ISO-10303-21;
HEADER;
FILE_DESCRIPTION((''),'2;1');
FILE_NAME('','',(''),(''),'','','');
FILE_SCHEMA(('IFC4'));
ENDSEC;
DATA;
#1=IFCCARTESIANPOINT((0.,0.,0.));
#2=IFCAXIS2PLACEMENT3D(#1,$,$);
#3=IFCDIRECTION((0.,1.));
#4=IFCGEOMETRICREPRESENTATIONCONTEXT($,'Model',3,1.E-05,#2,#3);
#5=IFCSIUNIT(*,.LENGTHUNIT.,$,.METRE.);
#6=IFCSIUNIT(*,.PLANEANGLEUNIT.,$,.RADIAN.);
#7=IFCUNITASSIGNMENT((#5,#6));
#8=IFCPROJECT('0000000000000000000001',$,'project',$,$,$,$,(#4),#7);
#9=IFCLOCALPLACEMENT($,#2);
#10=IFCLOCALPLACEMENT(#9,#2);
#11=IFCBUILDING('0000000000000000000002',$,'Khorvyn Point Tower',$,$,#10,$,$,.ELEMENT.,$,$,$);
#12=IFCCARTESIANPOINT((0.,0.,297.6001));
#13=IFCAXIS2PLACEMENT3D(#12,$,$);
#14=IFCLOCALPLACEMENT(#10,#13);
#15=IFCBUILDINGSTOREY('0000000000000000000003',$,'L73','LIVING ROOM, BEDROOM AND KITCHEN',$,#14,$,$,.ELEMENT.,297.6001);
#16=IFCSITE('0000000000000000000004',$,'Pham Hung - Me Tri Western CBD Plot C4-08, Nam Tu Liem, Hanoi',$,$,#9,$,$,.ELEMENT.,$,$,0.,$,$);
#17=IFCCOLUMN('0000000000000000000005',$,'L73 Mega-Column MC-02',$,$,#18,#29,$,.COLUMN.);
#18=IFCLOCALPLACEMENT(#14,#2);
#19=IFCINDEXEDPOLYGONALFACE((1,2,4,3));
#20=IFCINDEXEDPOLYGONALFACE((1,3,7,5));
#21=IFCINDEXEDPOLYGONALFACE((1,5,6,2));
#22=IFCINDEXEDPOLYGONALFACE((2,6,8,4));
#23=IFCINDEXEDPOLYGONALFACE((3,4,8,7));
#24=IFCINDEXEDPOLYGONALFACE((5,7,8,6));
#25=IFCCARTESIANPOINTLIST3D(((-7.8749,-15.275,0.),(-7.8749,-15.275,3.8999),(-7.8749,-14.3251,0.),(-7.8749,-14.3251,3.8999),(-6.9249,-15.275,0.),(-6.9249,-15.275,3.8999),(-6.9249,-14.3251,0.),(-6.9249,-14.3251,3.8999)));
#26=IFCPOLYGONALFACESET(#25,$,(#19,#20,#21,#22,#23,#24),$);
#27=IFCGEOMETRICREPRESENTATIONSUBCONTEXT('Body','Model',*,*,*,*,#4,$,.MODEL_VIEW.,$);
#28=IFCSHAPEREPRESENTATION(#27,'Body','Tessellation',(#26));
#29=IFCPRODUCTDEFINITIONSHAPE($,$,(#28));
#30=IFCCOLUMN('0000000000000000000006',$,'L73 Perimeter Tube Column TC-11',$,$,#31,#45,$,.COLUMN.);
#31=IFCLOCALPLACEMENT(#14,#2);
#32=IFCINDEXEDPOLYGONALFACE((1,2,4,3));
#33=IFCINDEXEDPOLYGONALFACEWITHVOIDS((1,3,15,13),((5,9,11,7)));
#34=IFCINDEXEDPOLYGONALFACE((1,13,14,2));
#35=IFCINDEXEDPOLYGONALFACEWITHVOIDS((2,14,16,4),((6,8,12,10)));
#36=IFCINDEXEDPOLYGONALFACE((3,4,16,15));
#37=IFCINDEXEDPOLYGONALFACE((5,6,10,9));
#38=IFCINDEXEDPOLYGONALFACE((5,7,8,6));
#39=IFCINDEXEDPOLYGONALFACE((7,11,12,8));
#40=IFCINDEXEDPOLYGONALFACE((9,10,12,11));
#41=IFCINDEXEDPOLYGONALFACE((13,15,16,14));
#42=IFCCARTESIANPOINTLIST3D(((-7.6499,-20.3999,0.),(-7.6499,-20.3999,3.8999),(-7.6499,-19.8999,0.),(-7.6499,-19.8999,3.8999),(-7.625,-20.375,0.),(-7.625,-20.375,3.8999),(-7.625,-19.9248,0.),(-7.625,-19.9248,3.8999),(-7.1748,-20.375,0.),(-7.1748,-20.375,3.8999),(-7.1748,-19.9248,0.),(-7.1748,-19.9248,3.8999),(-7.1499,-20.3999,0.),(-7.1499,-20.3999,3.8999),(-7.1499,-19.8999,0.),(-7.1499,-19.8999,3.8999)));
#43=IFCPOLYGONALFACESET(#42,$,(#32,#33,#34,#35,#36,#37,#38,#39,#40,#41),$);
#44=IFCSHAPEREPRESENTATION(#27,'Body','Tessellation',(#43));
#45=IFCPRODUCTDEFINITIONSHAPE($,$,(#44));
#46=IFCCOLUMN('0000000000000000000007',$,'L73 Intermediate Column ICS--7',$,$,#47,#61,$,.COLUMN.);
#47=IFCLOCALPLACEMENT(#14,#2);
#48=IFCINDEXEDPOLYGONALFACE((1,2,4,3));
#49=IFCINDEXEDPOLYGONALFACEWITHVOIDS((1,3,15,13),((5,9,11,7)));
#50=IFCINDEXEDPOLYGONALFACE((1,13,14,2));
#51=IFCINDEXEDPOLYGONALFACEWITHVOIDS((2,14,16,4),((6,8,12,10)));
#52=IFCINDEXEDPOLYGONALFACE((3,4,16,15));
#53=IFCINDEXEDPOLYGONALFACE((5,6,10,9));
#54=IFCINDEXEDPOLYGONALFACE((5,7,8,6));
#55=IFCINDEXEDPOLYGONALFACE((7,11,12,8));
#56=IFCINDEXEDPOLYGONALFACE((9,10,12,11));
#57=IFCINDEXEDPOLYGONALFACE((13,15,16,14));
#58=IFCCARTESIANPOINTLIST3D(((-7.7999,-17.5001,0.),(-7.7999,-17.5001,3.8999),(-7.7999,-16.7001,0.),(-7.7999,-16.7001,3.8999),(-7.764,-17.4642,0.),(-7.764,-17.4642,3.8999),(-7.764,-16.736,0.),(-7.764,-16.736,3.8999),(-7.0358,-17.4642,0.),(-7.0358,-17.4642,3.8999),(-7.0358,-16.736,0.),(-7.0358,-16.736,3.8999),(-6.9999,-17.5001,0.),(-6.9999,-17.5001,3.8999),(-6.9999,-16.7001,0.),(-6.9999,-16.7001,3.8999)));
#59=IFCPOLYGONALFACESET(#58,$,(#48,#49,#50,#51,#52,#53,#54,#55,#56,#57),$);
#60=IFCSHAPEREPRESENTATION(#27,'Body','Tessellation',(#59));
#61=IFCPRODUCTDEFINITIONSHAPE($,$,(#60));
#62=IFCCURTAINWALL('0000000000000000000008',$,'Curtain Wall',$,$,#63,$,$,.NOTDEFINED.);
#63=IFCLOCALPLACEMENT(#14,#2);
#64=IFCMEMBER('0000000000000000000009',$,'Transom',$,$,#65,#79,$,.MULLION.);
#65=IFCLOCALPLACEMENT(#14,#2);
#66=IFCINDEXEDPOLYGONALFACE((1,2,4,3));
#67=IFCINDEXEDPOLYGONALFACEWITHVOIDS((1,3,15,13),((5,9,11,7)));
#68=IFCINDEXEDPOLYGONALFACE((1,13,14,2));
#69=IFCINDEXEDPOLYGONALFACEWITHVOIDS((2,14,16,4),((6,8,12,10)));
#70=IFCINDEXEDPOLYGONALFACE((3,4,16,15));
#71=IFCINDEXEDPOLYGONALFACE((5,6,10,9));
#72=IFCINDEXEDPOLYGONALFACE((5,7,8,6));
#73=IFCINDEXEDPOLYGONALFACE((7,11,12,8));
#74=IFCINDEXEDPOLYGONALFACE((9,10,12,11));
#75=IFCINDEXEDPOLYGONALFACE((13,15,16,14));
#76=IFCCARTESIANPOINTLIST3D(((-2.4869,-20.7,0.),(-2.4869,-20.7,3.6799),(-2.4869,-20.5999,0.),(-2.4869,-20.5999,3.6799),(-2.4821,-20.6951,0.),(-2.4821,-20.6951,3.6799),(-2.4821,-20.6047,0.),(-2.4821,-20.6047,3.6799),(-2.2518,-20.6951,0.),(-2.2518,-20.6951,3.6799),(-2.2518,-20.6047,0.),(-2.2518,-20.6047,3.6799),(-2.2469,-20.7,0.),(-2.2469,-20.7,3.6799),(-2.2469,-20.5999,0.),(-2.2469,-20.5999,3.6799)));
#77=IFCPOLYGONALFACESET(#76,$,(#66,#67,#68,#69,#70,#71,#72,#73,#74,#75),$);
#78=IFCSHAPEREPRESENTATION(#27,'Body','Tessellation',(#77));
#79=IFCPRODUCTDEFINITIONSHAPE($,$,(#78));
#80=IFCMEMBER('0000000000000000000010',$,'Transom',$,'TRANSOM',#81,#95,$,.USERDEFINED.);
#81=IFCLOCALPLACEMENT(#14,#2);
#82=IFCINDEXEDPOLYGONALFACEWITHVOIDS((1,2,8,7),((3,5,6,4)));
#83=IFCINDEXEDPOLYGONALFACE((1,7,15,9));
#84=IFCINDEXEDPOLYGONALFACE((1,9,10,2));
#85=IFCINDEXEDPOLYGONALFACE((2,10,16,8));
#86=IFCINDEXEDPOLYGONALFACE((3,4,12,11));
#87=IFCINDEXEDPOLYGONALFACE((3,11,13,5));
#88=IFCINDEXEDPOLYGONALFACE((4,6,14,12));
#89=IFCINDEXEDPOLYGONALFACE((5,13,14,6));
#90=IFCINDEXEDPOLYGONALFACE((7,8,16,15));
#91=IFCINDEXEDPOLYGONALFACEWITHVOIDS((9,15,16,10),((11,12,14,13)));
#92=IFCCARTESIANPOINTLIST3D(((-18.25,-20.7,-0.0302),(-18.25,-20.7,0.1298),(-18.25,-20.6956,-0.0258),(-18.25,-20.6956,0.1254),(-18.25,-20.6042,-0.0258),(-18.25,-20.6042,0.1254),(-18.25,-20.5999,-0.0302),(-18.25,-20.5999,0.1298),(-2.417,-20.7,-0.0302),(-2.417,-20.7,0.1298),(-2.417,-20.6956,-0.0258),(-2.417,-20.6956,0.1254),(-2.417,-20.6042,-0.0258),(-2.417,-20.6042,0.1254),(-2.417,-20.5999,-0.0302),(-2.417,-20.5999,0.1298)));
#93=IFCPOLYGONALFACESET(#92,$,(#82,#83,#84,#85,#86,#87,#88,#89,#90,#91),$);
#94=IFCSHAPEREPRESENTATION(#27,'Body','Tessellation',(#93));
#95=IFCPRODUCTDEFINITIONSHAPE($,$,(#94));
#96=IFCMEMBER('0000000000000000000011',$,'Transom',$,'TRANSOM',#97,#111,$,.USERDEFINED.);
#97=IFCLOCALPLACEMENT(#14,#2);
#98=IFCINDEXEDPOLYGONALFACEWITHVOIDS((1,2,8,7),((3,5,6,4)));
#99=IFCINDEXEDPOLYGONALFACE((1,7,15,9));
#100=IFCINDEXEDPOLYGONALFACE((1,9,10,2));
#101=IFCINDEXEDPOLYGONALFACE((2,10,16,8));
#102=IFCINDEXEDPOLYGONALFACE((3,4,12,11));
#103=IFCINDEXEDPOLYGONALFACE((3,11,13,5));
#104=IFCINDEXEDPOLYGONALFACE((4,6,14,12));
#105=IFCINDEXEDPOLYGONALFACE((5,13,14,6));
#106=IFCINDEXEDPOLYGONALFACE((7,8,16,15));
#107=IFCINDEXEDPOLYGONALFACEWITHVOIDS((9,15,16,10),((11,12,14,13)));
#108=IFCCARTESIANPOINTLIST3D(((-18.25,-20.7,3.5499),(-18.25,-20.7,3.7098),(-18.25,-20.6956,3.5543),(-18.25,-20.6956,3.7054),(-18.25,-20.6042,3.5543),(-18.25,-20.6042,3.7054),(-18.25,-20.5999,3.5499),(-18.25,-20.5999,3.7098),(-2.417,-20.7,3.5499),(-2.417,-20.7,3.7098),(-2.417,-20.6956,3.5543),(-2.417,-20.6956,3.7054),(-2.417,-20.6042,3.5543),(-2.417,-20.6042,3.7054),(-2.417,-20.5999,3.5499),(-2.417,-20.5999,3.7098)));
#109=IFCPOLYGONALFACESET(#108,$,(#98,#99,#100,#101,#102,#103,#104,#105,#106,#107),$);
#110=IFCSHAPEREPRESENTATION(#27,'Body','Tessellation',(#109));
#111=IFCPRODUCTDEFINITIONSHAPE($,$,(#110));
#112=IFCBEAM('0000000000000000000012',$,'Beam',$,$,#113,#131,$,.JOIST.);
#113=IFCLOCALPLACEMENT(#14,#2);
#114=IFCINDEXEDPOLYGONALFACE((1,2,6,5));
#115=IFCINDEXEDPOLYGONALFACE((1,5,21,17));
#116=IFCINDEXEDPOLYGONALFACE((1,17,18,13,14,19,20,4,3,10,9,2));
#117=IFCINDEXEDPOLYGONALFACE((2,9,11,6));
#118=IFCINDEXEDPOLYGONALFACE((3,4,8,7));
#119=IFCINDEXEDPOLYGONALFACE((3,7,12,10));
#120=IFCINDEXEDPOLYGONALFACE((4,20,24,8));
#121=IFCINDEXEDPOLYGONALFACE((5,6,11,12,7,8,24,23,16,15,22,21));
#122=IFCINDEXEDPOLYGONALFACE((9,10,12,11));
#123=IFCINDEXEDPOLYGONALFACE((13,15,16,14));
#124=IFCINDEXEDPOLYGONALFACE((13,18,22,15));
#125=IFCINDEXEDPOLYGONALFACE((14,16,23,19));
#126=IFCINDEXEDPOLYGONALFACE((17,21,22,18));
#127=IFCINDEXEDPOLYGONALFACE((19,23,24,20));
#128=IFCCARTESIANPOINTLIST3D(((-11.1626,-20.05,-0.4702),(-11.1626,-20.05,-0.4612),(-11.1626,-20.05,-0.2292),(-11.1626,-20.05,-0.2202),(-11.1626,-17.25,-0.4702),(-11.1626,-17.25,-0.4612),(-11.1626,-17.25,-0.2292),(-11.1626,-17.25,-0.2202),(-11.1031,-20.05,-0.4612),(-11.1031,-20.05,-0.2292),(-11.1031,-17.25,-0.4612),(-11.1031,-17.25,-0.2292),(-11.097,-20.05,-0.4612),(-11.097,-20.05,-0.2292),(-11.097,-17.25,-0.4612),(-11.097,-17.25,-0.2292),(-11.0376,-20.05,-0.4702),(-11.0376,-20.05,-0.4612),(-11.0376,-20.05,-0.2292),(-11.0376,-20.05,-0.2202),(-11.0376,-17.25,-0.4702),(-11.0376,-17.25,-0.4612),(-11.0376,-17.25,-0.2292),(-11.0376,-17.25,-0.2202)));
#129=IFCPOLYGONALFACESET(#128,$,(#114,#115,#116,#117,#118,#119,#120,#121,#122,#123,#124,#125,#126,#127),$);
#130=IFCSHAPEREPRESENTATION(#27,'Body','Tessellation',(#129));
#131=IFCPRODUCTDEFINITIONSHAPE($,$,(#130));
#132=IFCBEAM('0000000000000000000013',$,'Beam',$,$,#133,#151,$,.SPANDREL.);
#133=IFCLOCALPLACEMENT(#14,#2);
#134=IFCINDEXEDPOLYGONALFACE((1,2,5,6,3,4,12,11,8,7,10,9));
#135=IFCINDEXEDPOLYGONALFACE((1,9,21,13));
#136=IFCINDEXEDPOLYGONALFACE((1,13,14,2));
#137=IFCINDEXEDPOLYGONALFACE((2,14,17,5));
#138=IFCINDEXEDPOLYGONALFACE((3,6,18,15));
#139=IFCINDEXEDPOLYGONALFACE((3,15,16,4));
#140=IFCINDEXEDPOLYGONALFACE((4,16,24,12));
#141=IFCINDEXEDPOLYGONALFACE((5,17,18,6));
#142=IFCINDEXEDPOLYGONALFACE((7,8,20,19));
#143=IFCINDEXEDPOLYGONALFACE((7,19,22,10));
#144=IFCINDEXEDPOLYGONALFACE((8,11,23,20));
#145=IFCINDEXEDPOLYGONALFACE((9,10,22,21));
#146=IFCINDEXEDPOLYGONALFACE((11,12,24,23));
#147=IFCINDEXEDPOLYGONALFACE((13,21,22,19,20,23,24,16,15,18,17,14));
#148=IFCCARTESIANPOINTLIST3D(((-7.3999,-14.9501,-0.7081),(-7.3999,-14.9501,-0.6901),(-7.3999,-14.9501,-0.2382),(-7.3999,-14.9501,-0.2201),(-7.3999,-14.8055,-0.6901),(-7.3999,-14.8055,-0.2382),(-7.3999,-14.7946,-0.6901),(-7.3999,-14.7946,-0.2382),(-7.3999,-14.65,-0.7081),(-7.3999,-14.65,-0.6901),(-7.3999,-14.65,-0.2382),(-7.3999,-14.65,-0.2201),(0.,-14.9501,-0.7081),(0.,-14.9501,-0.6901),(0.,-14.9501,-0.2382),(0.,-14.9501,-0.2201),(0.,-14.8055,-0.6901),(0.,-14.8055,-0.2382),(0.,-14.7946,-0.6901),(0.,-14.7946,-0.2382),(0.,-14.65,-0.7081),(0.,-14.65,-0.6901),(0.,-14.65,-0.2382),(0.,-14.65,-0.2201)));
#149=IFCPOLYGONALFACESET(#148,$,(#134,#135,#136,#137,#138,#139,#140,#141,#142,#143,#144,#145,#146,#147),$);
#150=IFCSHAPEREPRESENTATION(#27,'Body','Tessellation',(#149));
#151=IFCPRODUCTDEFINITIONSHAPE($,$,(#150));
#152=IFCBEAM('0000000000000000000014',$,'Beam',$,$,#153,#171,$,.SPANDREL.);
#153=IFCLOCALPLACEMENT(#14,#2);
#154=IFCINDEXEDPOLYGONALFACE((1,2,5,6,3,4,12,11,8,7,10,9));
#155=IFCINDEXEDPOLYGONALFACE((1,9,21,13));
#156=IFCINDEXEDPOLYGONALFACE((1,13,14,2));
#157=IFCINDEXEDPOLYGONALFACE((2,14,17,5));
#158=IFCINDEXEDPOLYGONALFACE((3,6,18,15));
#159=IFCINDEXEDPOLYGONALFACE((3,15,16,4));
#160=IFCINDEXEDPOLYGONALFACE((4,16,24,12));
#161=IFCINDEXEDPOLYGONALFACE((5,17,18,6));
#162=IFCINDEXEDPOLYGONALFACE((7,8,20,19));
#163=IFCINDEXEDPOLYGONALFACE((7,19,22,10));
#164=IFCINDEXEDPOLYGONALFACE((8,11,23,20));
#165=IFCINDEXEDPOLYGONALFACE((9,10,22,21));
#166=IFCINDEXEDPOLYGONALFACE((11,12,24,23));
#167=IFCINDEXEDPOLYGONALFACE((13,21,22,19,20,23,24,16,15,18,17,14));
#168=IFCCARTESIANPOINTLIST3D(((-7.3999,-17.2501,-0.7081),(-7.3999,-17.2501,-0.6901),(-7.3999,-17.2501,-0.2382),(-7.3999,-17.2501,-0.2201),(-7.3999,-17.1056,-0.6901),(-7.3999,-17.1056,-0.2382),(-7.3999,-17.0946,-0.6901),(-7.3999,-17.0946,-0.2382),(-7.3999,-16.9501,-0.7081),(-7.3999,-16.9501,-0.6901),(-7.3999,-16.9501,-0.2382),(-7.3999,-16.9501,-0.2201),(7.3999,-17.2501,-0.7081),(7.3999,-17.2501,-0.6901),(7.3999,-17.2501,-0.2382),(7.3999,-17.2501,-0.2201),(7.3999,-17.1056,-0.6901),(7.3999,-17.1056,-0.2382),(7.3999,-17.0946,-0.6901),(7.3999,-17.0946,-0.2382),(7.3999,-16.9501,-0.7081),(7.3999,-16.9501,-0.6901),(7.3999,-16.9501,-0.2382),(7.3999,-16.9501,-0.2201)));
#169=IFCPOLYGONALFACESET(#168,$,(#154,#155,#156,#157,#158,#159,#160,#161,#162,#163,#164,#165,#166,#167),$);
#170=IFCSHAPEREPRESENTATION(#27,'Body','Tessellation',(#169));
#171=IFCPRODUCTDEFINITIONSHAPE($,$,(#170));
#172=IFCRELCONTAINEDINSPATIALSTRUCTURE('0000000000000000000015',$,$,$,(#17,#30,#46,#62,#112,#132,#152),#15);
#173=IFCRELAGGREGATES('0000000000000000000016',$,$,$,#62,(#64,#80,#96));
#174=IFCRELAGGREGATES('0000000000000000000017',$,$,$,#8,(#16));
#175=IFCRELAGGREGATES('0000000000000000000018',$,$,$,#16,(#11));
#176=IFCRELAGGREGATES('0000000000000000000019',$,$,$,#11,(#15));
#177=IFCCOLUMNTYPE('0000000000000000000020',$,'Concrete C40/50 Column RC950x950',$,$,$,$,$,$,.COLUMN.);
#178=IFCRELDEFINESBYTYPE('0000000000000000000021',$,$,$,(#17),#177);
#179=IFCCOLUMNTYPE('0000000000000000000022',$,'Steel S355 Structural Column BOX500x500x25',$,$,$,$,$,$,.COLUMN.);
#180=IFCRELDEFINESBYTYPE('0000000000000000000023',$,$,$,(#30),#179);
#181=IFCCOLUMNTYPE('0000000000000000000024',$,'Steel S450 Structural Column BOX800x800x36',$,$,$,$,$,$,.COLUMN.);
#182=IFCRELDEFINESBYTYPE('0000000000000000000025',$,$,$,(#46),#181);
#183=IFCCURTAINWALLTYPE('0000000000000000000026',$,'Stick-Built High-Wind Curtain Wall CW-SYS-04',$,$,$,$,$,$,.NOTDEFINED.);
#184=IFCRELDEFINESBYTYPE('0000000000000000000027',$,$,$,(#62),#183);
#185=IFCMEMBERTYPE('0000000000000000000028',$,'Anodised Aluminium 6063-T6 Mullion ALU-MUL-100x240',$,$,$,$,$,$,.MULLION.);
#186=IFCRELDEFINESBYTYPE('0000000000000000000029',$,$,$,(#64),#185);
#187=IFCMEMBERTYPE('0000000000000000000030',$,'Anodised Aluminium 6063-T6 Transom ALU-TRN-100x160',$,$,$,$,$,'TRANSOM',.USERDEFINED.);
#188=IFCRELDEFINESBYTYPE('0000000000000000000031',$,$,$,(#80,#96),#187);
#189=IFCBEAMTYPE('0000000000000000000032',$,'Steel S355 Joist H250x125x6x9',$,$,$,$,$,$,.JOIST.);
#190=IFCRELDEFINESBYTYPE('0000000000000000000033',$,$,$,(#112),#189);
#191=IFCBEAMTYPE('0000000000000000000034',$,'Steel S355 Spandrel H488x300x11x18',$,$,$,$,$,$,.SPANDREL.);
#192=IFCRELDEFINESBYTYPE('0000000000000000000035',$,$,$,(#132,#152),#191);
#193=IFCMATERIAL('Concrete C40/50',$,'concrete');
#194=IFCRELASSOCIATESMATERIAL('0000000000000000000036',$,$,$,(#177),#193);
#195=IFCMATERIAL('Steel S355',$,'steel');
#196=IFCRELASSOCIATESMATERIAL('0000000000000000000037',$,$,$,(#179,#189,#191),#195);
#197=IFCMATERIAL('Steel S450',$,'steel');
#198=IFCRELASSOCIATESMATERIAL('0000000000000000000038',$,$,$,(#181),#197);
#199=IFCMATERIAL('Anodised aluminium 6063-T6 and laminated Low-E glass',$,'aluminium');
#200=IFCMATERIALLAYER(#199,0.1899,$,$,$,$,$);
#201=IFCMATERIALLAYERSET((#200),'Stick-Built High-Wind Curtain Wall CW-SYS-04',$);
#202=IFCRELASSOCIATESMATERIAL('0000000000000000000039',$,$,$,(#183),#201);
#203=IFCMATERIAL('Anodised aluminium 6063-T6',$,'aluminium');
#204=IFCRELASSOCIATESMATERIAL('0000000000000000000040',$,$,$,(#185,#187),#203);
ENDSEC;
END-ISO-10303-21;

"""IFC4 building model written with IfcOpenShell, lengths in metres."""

from ifc_helpers import new_model, si_unit, direction, frame, origin, origin_2d, place, context, subcontext, project, spatial, rectangle, hollow_rectangle, i_section, extrude, material, layer, layer_set, material_profile, profile_set, type_object, element, aggregate, save


model = new_model("IFC4")

# Units and contexts
model_context = context("Model", 3, precision=1e-05, world=origin(), true_north=direction((0.0, 1.0)))
body_context = subcontext(model_context, "Body", "Model", "MODEL_VIEW")
ifc_project = project(units=[si_unit("LENGTHUNIT", "METRE"), si_unit("PLANEANGLEUNIT", "RADIAN")], contexts=[model_context])

# Site, building, storey
site_placement = place(None, origin())
site = spatial("IfcSite", under=ifc_project, at=site_placement, Name="Pham Hung - Me Tri Western CBD Plot C4-08, Nam Tu Liem, Hanoi", CompositionType="ELEMENT", RefElevation=0.0)
building_placement = place(site_placement, origin())
building = spatial("IfcBuilding", under=site, at=building_placement, Name="Khorvyn Point Tower", CompositionType="ELEMENT")
storey_placement = place(building_placement, frame((0.0, 0.0, 297.6001)))
storey = spatial("IfcBuildingStorey", under=building, at=storey_placement, Name="L73", Description="LIVING ROOM, BEDROOM AND KITCHEN", CompositionType="ELEMENT", Elevation=297.6001)

# Columns
ifc_material_1 = material(Name="Concrete C40/50", Category="concrete")
ifc_material_profile_1 = material_profile(ifc_material_1, rectangle(XDim=0.95, YDim=0.95, at=origin_2d()))
ifc_profile_set_1 = profile_set([ifc_material_profile_1], Name="Concrete C40/50 RC950x950")
column_type_1 = type_object("IfcColumnType", Name="Concrete C40/50 Column RC950x950", PredefinedType="COLUMN", material=ifc_profile_set_1)
column_1_placement = place(storey_placement, frame((-7.3999, -14.8, 0.0), z_axis=(0.0, 0.0, 1.0), x_axis=(1.0, 0.0, 0.0)))
element("IfcColumn", 1, at=column_1_placement, inside=storey, type_object=column_type_1, Name="L73 Mega-Column MC-02", PredefinedType="COLUMN", context=body_context, shape_type="SweptSolid", body=[
    extrude(rectangle(XDim=0.95, YDim=0.95, at=origin_2d()), origin(), (0.0, 0.0, 1.0), 3.8999),
])
ifc_material_2 = material(Name="Steel S355", Category="steel")
ifc_material_profile_2 = material_profile(ifc_material_2, hollow_rectangle(XDim=0.5, YDim=0.5, WallThickness=0.0249, at=origin_2d()))
ifc_profile_set_2 = profile_set([ifc_material_profile_2], Name="Steel S355 BOX500x500x25")
column_type_2 = type_object("IfcColumnType", Name="Steel S355 Structural Column BOX500x500x25", PredefinedType="COLUMN", material=ifc_profile_set_2)
column_2_placement = place(storey_placement, frame((-7.3999, -20.1499, 0.0), z_axis=(0.0, 0.0, 1.0), x_axis=(1.0, 0.0, 0.0)))
element("IfcColumn", 2, at=column_2_placement, inside=storey, type_object=column_type_2, Name="L73 Perimeter Tube Column TC-11", PredefinedType="COLUMN", context=body_context, shape_type="SweptSolid", body=[
    extrude(hollow_rectangle(XDim=0.5, YDim=0.5, WallThickness=0.0249, at=origin_2d()), origin(), (0.0, 0.0, 1.0), 3.8999),
])
ifc_material_3 = material(Name="Steel S450", Category="steel")
ifc_material_profile_3 = material_profile(ifc_material_3, hollow_rectangle(XDim=0.8, YDim=0.8, WallThickness=0.0359, at=origin_2d()))
ifc_profile_set_3 = profile_set([ifc_material_profile_3], Name="Steel S450 BOX800x800x36")
column_type_3 = type_object("IfcColumnType", Name="Steel S450 Structural Column BOX800x800x36", PredefinedType="COLUMN", material=ifc_profile_set_3)
column_3_placement = place(storey_placement, frame((-7.3999, -17.1001, 0.0), z_axis=(0.0, 0.0, 1.0), x_axis=(1.0, 0.0, 0.0)))
element("IfcColumn", 3, at=column_3_placement, inside=storey, type_object=column_type_3, Name="L73 Intermediate Column ICS--7", PredefinedType="COLUMN", context=body_context, shape_type="SweptSolid", body=[
    extrude(hollow_rectangle(XDim=0.8, YDim=0.8, WallThickness=0.0359, at=origin_2d()), origin(), (0.0, 0.0, 1.0), 3.8999),
])

# Curtain wall, members
ifc_material_4 = material(Name="Anodised aluminium 6063-T6 and laminated Low-E glass", Category="aluminium")
ifc_layer_1 = layer(ifc_material_4, 0.1899)
ifc_layer_set_1 = layer_set([ifc_layer_1], Name="Stick-Built High-Wind Curtain Wall CW-SYS-04")
curtain_wall_type = type_object("IfcCurtainWallType", Name="Stick-Built High-Wind Curtain Wall CW-SYS-04", PredefinedType="NOTDEFINED", material=ifc_layer_set_1)
curtain_wall_placement = place(storey_placement, origin())
curtain_wall = element("IfcCurtainWall", 4, at=curtain_wall_placement, inside=storey, type_object=curtain_wall_type, Name="Curtain Wall", PredefinedType="NOTDEFINED")
ifc_material_5 = material(Name="Anodised aluminium 6063-T6", Category="aluminium")
ifc_material_profile_4 = material_profile(ifc_material_5, hollow_rectangle(XDim=0.1001, YDim=0.24, WallThickness=0.0049, at=origin_2d()))
ifc_profile_set_4 = profile_set([ifc_material_profile_4], Name="Anodised aluminium 6063-T6 ALU-MUL-100x240")
member_type_1 = type_object("IfcMemberType", Name="Anodised Aluminium 6063-T6 Mullion ALU-MUL-100x240", PredefinedType="MULLION", material=ifc_profile_set_4)
member_1_placement = place(storey_placement, frame((-2.3669, -20.6499, 0.0), z_axis=(0.0, 0.0, 1.0), x_axis=(0.0, -1.0, 0.0)))
member_1 = element("IfcMember", 5, at=member_1_placement, type_object=member_type_1, Name="Transom", PredefinedType="MULLION", context=body_context, shape_type="SweptSolid", body=[
    extrude(hollow_rectangle(XDim=0.1001, YDim=0.24, WallThickness=0.0049, at=origin_2d()), origin(), (0.0, 0.0, 1.0), 3.6799),
])
ifc_material_profile_5 = material_profile(ifc_material_5, hollow_rectangle(XDim=0.1001, YDim=0.1599, WallThickness=0.0044, at=origin_2d()))
ifc_profile_set_5 = profile_set([ifc_material_profile_5], Name="Anodised aluminium 6063-T6 ALU-TRN-100x160")
member_type_2 = type_object("IfcMemberType", Name="Anodised Aluminium 6063-T6 Transom ALU-TRN-100x160", ElementType="TRANSOM", PredefinedType="USERDEFINED", material=ifc_profile_set_5)
member_2_placement = place(storey_placement, frame((-2.417, -20.6499, 0.0498), z_axis=(-1.0, 0.0, 0.0), x_axis=(0.0, -1.0, 0.0)))
member_2 = element("IfcMember", 6, at=member_2_placement, type_object=member_type_2, Name="Transom", ObjectType="TRANSOM", PredefinedType="USERDEFINED", context=body_context, shape_type="SweptSolid", body=[
    extrude(hollow_rectangle(XDim=0.1001, YDim=0.1599, WallThickness=0.0044, at=origin_2d()), origin(), (0.0, 0.0, 1.0), 15.833),
])
member_3_placement = place(storey_placement, frame((-2.417, -20.6499, 3.6299), z_axis=(-1.0, 0.0, 0.0), x_axis=(0.0, -1.0, 0.0)))
member_3 = element("IfcMember", 7, at=member_3_placement, type_object=member_type_2, Name="Transom", ObjectType="TRANSOM", PredefinedType="USERDEFINED", context=body_context, shape_type="SweptSolid", body=[
    extrude(hollow_rectangle(XDim=0.1001, YDim=0.1599, WallThickness=0.0044, at=origin_2d()), origin(), (0.0, 0.0, 1.0), 15.833),
])

# Beams
ifc_material_profile_6 = material_profile(ifc_material_2, i_section(OverallWidth=0.125, OverallDepth=0.25, WebThickness=0.0061, FlangeThickness=0.009, at=origin_2d()))
ifc_profile_set_6 = profile_set([ifc_material_profile_6], Name="Steel S355 H250x125x6x9")
beam_type_1 = type_object("IfcBeamType", Name="Steel S355 Joist H250x125x6x9", PredefinedType="JOIST", material=ifc_profile_set_6)
beam_1_placement = place(storey_placement, frame((-11.1001, -20.05, -0.3452), z_axis=(0.0, 1.0, 0.0), x_axis=(-1.0, 0.0, 0.0)))
element("IfcBeam", 8, at=beam_1_placement, inside=storey, type_object=beam_type_1, Name="Beam", PredefinedType="JOIST", context=body_context, shape_type="SweptSolid", body=[
    extrude(i_section(OverallWidth=0.125, OverallDepth=0.25, WebThickness=0.0061, FlangeThickness=0.009, at=origin_2d()), origin(), (0.0, 0.0, 1.0), 2.8),
])
ifc_material_profile_7 = material_profile(ifc_material_2, i_section(OverallWidth=0.3, OverallDepth=0.488, WebThickness=0.011, FlangeThickness=0.0181, at=origin_2d()))
ifc_profile_set_7 = profile_set([ifc_material_profile_7], Name="Steel S355 H488x300x11x18")
beam_type_2 = type_object("IfcBeamType", Name="Steel S355 Spandrel H488x300x11x18", PredefinedType="SPANDREL", material=ifc_profile_set_7)
beam_2_placement = place(storey_placement, frame((-7.3999, -14.8, -0.4641), z_axis=(1.0, 0.0, 0.0), x_axis=(0.0, 1.0, 0.0)))
element("IfcBeam", 9, at=beam_2_placement, inside=storey, type_object=beam_type_2, Name="Beam", PredefinedType="SPANDREL", context=body_context, shape_type="SweptSolid", body=[
    extrude(i_section(OverallWidth=0.3, OverallDepth=0.488, WebThickness=0.011, FlangeThickness=0.0181, at=origin_2d()), origin(), (0.0, 0.0, 1.0), 7.3999),
])
beam_3_placement = place(storey_placement, frame((-7.3999, -17.1001, -0.4641), z_axis=(1.0, 0.0, 0.0), x_axis=(0.0, 1.0, 0.0)))
element("IfcBeam", 10, at=beam_3_placement, inside=storey, type_object=beam_type_2, Name="Beam", PredefinedType="SPANDREL", context=body_context, shape_type="SweptSolid", body=[
    extrude(i_section(OverallWidth=0.3, OverallDepth=0.488, WebThickness=0.011, FlangeThickness=0.0181, at=origin_2d()), origin(), (0.0, 0.0, 1.0), 14.7998),
])

aggregate(curtain_wall, [member_1, member_2, member_3])

save(model, "model.ifc")
